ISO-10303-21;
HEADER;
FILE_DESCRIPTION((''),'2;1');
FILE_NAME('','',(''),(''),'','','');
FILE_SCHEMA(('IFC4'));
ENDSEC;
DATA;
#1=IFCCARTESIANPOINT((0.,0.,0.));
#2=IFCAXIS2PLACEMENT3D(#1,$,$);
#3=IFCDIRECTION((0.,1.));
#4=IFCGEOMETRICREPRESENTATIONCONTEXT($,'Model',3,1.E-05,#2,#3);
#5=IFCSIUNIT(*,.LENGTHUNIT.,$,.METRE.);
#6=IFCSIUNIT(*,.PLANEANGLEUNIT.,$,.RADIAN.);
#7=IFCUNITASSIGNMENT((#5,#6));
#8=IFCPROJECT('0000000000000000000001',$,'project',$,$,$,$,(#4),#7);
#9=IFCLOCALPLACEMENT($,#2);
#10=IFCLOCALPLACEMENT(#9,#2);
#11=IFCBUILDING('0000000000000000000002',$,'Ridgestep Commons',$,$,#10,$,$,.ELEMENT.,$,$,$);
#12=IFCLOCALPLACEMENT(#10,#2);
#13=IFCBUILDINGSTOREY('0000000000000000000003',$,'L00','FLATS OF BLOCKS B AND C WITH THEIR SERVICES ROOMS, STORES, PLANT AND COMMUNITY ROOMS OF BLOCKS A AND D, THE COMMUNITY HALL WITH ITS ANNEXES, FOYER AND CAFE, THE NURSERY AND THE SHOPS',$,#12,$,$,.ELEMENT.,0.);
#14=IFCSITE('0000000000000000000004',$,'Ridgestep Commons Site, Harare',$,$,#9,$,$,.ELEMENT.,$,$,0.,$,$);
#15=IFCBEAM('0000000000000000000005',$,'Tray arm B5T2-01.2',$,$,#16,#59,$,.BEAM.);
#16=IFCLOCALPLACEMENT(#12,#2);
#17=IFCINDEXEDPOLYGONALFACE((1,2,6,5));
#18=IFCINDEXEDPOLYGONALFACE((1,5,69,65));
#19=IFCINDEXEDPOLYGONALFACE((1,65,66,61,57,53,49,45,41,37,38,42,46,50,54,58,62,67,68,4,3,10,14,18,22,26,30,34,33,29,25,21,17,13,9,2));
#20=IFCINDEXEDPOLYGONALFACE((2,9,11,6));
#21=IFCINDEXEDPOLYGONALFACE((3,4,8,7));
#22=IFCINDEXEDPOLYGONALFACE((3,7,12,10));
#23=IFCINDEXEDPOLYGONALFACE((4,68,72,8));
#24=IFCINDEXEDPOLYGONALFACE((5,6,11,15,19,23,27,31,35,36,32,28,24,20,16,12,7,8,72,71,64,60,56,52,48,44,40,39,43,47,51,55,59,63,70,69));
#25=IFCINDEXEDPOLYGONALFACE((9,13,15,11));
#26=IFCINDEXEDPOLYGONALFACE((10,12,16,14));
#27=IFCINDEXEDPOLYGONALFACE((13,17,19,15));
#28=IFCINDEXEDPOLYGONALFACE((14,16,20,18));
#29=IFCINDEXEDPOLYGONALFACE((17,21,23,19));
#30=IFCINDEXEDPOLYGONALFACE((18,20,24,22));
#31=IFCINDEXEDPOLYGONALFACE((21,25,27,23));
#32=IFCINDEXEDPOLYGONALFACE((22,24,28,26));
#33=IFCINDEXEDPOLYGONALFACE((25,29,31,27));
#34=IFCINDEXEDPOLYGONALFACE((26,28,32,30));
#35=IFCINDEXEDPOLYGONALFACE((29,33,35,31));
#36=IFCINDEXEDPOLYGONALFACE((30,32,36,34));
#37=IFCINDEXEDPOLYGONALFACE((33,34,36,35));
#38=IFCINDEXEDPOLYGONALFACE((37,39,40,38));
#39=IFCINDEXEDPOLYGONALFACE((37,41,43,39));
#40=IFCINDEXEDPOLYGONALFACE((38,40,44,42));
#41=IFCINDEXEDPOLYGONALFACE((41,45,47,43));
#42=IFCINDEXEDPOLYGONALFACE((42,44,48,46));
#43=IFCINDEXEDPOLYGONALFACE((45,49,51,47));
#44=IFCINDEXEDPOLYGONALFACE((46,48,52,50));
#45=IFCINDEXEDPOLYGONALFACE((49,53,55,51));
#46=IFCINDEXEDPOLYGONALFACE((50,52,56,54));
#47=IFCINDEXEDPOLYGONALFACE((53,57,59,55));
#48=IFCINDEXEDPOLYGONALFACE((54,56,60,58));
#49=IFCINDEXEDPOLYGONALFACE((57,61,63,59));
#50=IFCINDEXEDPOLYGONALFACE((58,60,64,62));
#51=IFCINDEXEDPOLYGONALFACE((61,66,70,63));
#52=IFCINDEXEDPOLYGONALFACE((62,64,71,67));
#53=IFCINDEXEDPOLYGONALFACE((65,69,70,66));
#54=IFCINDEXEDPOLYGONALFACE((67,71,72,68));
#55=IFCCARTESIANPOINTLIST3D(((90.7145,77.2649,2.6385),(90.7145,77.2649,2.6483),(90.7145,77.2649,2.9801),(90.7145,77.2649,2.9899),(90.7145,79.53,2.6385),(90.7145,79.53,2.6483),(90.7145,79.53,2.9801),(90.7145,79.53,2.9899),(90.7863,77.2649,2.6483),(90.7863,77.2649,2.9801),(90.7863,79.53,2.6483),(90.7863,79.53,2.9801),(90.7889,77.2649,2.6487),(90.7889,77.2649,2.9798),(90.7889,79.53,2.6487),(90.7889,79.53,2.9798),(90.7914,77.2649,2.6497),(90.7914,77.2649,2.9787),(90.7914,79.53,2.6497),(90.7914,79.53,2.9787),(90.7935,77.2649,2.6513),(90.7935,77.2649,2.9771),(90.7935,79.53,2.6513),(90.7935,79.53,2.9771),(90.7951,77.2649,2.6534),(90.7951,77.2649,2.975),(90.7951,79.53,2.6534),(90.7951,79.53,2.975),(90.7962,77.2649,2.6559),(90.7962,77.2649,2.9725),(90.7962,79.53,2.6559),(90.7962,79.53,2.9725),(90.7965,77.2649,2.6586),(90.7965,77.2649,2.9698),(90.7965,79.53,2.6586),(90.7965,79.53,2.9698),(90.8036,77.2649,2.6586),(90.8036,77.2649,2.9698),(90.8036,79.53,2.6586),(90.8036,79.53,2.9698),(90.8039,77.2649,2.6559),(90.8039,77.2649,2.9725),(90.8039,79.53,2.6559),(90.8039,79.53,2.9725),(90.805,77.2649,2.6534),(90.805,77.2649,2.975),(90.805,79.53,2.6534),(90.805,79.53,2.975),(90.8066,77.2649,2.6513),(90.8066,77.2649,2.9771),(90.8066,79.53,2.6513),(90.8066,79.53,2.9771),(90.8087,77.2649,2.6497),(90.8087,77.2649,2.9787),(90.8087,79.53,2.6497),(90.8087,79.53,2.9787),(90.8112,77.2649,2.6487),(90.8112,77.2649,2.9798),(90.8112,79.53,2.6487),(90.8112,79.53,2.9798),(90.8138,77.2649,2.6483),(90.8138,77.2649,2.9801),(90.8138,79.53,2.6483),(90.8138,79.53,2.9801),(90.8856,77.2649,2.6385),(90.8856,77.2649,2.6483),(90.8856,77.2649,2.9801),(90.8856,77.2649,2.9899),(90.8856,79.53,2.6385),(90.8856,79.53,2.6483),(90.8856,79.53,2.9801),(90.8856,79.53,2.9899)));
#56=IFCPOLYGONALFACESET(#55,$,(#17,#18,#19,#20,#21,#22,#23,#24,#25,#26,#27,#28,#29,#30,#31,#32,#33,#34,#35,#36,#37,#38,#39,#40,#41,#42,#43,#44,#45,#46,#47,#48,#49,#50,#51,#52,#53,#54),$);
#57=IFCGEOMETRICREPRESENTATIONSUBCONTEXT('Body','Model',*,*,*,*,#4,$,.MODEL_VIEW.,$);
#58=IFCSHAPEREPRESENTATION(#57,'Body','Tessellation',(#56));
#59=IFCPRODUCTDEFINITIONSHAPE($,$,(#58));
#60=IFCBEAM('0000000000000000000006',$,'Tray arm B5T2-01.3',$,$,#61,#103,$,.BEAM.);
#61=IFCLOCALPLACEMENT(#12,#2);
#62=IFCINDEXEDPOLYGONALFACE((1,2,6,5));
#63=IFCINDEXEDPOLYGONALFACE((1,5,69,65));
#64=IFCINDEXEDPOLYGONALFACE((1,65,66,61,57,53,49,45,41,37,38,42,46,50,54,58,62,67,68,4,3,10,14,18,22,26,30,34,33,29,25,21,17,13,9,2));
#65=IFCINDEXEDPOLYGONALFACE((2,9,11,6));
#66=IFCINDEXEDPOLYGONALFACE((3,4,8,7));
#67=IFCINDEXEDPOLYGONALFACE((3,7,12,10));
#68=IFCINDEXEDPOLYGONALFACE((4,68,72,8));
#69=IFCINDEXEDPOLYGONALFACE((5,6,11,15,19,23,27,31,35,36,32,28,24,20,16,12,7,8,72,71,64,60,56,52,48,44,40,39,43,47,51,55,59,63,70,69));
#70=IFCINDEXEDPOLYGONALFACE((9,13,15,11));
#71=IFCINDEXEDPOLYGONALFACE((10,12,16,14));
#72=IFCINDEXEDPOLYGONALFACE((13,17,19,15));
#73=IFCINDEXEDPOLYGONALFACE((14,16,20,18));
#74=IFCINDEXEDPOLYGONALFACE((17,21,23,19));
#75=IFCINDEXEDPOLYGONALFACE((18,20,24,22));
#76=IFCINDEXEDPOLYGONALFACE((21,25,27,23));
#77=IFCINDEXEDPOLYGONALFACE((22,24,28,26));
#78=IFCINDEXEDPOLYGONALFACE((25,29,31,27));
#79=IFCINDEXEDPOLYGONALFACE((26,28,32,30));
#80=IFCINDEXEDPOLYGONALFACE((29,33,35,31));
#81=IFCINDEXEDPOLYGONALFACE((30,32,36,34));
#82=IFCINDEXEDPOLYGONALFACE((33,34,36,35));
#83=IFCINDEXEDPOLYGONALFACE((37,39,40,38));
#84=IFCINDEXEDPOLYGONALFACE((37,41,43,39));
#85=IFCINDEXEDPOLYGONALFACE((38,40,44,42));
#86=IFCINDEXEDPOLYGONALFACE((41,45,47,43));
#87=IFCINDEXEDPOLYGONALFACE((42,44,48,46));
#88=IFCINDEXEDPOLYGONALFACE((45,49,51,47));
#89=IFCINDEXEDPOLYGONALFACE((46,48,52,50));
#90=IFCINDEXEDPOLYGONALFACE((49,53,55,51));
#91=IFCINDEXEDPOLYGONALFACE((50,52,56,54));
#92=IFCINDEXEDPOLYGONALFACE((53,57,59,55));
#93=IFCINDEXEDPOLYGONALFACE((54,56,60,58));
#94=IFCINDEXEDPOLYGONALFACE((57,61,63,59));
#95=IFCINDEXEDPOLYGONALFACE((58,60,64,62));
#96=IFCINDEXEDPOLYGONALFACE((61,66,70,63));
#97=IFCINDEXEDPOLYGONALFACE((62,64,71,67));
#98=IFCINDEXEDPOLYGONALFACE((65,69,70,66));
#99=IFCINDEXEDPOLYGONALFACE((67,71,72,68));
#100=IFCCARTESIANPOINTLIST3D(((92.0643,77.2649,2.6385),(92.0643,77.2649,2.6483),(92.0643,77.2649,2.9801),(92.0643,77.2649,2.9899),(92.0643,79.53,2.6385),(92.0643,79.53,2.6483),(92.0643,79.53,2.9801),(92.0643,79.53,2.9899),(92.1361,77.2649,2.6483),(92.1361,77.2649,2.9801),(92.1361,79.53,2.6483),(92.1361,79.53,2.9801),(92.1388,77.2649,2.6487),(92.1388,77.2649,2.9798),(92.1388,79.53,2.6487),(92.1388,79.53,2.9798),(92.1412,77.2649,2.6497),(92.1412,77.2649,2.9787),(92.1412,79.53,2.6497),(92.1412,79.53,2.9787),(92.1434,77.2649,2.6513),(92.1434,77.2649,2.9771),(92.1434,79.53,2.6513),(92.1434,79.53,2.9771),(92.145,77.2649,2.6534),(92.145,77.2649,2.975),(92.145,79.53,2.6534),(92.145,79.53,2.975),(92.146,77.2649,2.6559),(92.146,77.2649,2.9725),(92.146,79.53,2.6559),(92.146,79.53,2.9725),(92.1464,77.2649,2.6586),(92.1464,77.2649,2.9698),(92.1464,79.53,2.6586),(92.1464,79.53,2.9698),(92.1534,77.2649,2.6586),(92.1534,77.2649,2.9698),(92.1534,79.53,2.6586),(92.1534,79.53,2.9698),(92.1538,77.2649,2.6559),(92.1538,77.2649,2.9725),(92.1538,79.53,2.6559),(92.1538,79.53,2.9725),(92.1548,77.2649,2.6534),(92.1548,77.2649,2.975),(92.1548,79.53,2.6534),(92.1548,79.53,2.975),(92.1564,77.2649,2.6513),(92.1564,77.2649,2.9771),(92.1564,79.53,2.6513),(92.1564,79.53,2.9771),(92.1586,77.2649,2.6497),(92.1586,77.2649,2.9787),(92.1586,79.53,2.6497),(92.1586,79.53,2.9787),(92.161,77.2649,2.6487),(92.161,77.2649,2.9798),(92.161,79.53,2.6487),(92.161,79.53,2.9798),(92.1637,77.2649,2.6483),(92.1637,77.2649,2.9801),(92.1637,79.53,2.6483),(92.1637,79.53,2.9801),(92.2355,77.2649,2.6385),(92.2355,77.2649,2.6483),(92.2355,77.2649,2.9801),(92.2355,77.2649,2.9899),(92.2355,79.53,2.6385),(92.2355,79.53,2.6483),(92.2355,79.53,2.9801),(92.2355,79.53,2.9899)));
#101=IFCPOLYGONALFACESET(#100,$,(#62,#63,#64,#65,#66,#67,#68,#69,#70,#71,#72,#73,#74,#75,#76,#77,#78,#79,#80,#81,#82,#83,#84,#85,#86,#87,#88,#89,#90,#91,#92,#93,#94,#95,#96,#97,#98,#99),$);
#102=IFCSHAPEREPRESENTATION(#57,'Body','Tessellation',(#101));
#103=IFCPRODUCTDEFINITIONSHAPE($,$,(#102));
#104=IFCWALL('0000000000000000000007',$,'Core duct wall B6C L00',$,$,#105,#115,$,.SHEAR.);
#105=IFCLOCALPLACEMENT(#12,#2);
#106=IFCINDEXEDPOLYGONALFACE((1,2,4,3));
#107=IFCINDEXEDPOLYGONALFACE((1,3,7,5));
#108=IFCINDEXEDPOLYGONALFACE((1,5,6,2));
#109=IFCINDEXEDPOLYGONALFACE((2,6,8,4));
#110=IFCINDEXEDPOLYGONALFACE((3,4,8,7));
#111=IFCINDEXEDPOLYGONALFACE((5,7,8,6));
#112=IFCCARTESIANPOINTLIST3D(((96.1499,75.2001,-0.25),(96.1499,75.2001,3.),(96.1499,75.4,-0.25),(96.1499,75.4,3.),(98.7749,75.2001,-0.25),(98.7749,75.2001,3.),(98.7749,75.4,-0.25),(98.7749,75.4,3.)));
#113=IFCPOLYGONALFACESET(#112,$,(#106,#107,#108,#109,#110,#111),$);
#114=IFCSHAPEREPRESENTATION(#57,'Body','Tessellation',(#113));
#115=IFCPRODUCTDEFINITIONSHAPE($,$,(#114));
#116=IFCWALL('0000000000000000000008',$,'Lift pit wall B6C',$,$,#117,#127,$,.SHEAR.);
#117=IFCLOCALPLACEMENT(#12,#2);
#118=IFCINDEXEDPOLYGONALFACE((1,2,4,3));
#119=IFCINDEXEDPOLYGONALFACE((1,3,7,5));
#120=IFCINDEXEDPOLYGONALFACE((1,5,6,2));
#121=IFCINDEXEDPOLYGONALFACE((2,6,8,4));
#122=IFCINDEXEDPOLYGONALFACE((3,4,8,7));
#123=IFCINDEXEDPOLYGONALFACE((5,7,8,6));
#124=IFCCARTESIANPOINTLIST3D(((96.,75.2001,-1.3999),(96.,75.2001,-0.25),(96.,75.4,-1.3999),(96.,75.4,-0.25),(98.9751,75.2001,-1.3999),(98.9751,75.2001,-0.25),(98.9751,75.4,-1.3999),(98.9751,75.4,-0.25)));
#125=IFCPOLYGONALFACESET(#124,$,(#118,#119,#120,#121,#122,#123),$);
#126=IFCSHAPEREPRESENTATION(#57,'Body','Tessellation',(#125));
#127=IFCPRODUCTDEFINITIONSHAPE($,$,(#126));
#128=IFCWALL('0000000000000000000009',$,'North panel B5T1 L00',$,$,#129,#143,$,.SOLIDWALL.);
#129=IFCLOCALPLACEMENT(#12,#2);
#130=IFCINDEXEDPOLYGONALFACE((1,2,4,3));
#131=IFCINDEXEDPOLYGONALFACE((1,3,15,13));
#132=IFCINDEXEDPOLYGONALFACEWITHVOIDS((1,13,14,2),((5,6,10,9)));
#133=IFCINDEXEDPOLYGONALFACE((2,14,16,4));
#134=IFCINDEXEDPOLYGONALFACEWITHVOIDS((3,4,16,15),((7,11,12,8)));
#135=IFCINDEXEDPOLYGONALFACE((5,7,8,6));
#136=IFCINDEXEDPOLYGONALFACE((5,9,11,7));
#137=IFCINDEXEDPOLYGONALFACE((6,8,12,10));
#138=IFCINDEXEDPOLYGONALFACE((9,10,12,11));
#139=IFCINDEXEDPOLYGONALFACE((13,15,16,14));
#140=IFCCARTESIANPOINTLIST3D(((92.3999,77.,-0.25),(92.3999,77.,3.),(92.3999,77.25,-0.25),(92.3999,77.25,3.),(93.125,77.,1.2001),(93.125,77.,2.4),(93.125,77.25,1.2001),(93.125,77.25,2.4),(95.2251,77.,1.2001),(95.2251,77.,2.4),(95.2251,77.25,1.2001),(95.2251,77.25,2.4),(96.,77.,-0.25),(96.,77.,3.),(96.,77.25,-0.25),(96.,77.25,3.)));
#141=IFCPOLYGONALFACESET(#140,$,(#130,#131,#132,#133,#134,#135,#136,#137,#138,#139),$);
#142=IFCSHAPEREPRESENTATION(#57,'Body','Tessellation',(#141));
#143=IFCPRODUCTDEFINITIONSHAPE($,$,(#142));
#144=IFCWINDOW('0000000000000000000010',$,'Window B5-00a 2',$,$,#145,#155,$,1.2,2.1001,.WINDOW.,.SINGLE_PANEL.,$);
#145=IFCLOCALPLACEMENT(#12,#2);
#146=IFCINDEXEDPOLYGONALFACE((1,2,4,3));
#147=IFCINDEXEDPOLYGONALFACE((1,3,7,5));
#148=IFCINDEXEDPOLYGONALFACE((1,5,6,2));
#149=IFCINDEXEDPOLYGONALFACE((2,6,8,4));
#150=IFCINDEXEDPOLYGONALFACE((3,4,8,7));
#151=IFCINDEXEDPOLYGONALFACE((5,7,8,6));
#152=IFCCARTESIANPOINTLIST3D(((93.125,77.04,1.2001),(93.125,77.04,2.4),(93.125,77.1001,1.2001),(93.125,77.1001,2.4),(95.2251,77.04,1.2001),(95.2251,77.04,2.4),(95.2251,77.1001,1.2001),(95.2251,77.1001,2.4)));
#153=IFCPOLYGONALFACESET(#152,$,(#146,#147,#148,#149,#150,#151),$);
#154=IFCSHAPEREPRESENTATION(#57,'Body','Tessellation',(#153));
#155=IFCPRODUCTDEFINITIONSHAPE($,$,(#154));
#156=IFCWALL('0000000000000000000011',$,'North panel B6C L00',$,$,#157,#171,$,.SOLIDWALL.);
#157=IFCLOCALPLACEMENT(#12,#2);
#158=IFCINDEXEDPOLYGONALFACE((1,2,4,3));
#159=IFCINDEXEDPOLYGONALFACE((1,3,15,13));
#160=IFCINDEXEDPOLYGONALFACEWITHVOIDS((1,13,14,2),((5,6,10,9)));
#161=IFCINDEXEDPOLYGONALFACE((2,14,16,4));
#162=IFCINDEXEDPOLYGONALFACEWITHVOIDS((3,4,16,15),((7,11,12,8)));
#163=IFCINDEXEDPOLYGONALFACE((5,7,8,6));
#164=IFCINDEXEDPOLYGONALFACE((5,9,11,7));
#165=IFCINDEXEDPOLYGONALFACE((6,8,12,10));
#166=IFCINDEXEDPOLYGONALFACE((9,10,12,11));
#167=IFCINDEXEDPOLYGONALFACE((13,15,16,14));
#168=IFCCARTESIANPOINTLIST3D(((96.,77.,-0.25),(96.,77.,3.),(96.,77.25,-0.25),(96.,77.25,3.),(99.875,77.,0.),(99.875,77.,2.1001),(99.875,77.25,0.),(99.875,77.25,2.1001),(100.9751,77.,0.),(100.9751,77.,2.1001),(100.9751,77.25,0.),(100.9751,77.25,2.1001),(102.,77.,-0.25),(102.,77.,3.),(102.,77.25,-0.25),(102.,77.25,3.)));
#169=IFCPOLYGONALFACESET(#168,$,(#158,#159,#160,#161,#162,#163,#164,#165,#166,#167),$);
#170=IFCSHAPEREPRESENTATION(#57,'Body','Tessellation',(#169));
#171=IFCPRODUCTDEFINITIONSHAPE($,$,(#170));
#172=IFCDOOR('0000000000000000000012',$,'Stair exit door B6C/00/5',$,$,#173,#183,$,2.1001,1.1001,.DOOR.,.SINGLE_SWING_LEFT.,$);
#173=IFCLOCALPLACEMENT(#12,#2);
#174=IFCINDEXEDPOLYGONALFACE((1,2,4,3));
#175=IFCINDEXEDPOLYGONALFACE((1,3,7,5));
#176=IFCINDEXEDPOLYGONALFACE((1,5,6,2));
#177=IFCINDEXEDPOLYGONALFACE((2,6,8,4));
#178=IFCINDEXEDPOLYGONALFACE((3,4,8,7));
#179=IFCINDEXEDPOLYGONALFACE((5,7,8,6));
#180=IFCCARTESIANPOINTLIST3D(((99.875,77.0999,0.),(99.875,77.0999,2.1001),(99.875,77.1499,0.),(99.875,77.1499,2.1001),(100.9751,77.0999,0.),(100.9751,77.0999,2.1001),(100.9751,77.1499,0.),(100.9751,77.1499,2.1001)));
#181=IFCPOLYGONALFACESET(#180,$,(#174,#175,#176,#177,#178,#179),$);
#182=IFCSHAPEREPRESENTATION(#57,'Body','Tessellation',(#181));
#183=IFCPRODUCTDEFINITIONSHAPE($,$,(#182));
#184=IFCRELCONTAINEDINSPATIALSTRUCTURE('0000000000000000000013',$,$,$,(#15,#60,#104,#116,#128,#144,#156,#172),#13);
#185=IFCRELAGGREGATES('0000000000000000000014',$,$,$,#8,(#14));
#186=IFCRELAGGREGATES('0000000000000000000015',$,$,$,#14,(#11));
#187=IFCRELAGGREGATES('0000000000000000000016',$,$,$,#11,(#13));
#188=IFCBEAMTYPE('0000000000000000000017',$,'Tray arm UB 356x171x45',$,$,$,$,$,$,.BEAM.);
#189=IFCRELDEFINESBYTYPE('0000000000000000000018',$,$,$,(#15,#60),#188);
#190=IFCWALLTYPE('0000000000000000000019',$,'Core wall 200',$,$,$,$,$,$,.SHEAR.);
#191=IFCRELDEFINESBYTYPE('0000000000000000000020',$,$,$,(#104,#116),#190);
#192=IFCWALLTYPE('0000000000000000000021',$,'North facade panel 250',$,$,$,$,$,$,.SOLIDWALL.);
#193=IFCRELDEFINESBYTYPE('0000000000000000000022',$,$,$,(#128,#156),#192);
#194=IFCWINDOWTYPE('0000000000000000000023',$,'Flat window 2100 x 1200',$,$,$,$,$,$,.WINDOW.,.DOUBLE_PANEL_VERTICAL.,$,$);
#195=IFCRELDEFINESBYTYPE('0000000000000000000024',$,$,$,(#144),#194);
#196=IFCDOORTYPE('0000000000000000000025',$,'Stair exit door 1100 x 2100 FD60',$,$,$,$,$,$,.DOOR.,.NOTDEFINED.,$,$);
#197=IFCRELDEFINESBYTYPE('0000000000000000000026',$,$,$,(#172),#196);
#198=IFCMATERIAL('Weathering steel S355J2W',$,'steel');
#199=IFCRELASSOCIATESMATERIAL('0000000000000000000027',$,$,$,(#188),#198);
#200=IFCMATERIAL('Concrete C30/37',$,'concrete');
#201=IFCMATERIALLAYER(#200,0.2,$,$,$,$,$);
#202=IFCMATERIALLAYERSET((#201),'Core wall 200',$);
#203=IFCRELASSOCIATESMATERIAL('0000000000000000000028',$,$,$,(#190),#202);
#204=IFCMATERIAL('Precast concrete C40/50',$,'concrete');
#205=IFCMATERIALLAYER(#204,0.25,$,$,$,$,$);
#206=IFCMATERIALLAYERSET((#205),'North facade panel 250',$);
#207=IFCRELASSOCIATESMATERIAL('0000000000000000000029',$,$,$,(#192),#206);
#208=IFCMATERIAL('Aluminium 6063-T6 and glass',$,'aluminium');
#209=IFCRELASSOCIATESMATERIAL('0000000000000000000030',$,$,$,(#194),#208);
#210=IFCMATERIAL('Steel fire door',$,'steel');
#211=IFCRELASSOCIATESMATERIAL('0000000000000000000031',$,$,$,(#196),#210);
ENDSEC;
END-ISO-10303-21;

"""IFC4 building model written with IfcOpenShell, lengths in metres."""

from ifc_helpers import new_model, si_unit, direction, frame, frame_2d, origin, origin_2d, place, context, subcontext, project, spatial, rectangle, i_section, extrude, material, layer, layer_set, material_profile, profile_set, type_object, element, fill, save


model = new_model("IFC4")

# Units and contexts
model_context = context("Model", 3, precision=1e-05, world=origin(), true_north=direction((0.0, 1.0)))
body_context = subcontext(model_context, "Body", "Model", "MODEL_VIEW")
ifc_project = project(units=[si_unit("LENGTHUNIT", "METRE"), si_unit("PLANEANGLEUNIT", "RADIAN")], contexts=[model_context])

# Site, building, storey
site_placement = place(None, origin())
site = spatial("IfcSite", under=ifc_project, at=site_placement, Name="Ridgestep Commons Site, Harare", CompositionType="ELEMENT", RefElevation=0.0)
building_placement = place(site_placement, origin())
building = spatial("IfcBuilding", under=site, at=building_placement, Name="Ridgestep Commons", CompositionType="ELEMENT")
storey_placement = place(building_placement, origin())
storey = spatial("IfcBuildingStorey", under=building, at=storey_placement, Name="L00", Description="FLATS OF BLOCKS B AND C WITH THEIR SERVICES ROOMS, STORES, PLANT AND COMMUNITY ROOMS OF BLOCKS A AND D, THE COMMUNITY HALL WITH ITS ANNEXES, FOYER AND CAFE, THE NURSERY AND THE SHOPS", CompositionType="ELEMENT", Elevation=0.0)

# Beams
ifc_material_1 = material(Name="Weathering steel S355J2W", Category="steel")
ifc_material_profile = material_profile(ifc_material_1, i_section(OverallWidth=0.1711, OverallDepth=0.3513, WebThickness=0.0071, FlangeThickness=0.0098, FilletRadius=0.0103, at=origin_2d()), Name="UB 356x171x45")
ifc_profile_set = profile_set([ifc_material_profile], Name="Weathering steel S355J2W")
beam_type = type_object("IfcBeamType", Name="Tray arm UB 356x171x45", PredefinedType="BEAM", material=ifc_profile_set)
for number, where, z_axis, x_axis, name in (
    (1, (90.8, 77.2649, 2.8142), (0.0, 1.0, 0.0), (-1.0, 0.0, 0.0), "Tray arm B5T2-01.2"),
    (2, (92.1499, 77.2649, 2.8142), (0.0, 1.0, 0.0), (-1.0, 0.0, 0.0), "Tray arm B5T2-01.3"),
):
    element("IfcBeam", number, at=place(storey_placement, frame(where, z_axis=z_axis, x_axis=x_axis)), inside=storey, type_object=beam_type, Name=name, PredefinedType="BEAM", context=body_context, shape_type="SweptSolid", body=[
        extrude(i_section(OverallWidth=0.1711, OverallDepth=0.3513, WebThickness=0.0071, FlangeThickness=0.0098, FilletRadius=0.0103, at=origin_2d()), origin(), (0.0, 0.0, 1.0), 2.2651),
    ])

# Walls
ifc_material_2 = material(Name="Concrete C30/37", Category="concrete")
ifc_layer_1 = layer(ifc_material_2, 0.2)
ifc_layer_set_1 = layer_set([ifc_layer_1], Name="Core wall 200")
wall_type_1 = type_object("IfcWallType", Name="Core wall 200", PredefinedType="SHEAR", material=ifc_layer_set_1)
wall_1_placement = place(storey_placement, frame((96.1499, 75.3, -0.25), z_axis=(0.0, 0.0, 1.0), x_axis=(1.0, 0.0, 0.0)))
element("IfcWall", 3, at=wall_1_placement, inside=storey, type_object=wall_type_1, Name="Core duct wall B6C L00", PredefinedType="SHEAR", context=body_context, shape_type="SweptSolid", body=[
    extrude(rectangle(XDim=2.625, YDim=0.2, at=frame_2d((1.3125, 0.0))), origin(), (0.0, 0.0, 1.0), 3.25),
])
wall_2_placement = place(storey_placement, frame((96.0, 75.3, -1.3999), z_axis=(0.0, 0.0, 1.0), x_axis=(1.0, 0.0, 0.0)))
element("IfcWall", 4, at=wall_2_placement, inside=storey, type_object=wall_type_1, Name="Lift pit wall B6C", PredefinedType="SHEAR", context=body_context, shape_type="SweptSolid", body=[
    extrude(rectangle(XDim=2.9751, YDim=0.2, at=frame_2d((1.4875, 0.0))), origin(), (0.0, 0.0, 1.0), 1.1499),
])

# Wall, opening, window
ifc_material_3 = material(Name="Precast concrete C40/50", Category="concrete")
ifc_layer_2 = layer(ifc_material_3, 0.25)
ifc_layer_set_2 = layer_set([ifc_layer_2], Name="North facade panel 250")
wall_type_2 = type_object("IfcWallType", Name="North facade panel 250", PredefinedType="SOLIDWALL", material=ifc_layer_set_2)
wall_3_placement = place(storey_placement, frame((92.3999, 77.125, -0.25), z_axis=(0.0, 0.0, 1.0), x_axis=(1.0, 0.0, 0.0)))
wall_3 = element("IfcWall", 5, at=wall_3_placement, inside=storey, type_object=wall_type_2, Name="North panel B5T1 L00", PredefinedType="SOLIDWALL", context=body_context, shape_type="SweptSolid", body=[
    extrude(rectangle(XDim=3.6001, YDim=0.25, at=frame_2d((1.8, 0.0))), origin(), (0.0, 0.0, 1.0), 3.25),
])
opening_1_placement = place(wall_3_placement, frame((0.7251, 0.0, 1.45)))
opening_1 = element("IfcOpeningElement", 6, at=opening_1_placement, cuts=wall_3, PredefinedType="OPENING", context=body_context, shape_type="SweptSolid", body=[
    extrude(rectangle(XDim=2.1001, YDim=1.2, at=frame_2d((1.05, 0.6001))), frame((0.0, 0.135, 0.0), z_axis=(0.0, -1.0, 0.0), x_axis=(1.0, 0.0, 0.0)), (0.0, 0.0, 1.0), 0.27),
])
ifc_material_4 = material(Name="Aluminium 6063-T6 and glass", Category="aluminium")
window_type = type_object("IfcWindowType", Name="Flat window 2100 x 1200", PartitioningType="DOUBLE_PANEL_VERTICAL", PredefinedType="WINDOW", material=ifc_material_4)
window_placement = place(opening_1_placement, origin())
window = element("IfcWindow", 7, at=window_placement, inside=storey, type_object=window_type, Name="Window B5-00a 2", OverallHeight=1.2, OverallWidth=2.1001, PartitioningType="SINGLE_PANEL", PredefinedType="WINDOW", context=body_context, shape_type="SweptSolid", body=[
    extrude(rectangle(XDim=2.1001, YDim=1.2, at=frame_2d((1.05, 0.6001))), frame((0.0, -0.0249, 0.0), z_axis=(0.0, -1.0, 0.0), x_axis=(1.0, 0.0, 0.0)), (0.0, 0.0, 1.0), 0.0601),
])
fill(opening_1, window)

# Wall, opening, door
wall_4_placement = place(storey_placement, frame((96.0, 77.125, -0.25), z_axis=(0.0, 0.0, 1.0), x_axis=(1.0, 0.0, 0.0)))
wall_4 = element("IfcWall", 8, at=wall_4_placement, inside=storey, type_object=wall_type_2, Name="North panel B6C L00", PredefinedType="SOLIDWALL", context=body_context, shape_type="SweptSolid", body=[
    extrude(rectangle(XDim=6.0, YDim=0.25, at=frame_2d((3.0, 0.0))), origin(), (0.0, 0.0, 1.0), 3.25),
])
opening_2_placement = place(wall_4_placement, frame((3.875, 0.0, 0.25)))
opening_2 = element("IfcOpeningElement", 9, at=opening_2_placement, cuts=wall_4, PredefinedType="OPENING", context=body_context, shape_type="SweptSolid", body=[
    extrude(rectangle(XDim=1.1001, YDim=2.1001, at=frame_2d((0.55, 1.05))), frame((0.0, 0.135, 0.0), z_axis=(0.0, -1.0, 0.0), x_axis=(1.0, 0.0, 0.0)), (0.0, 0.0, 1.0), 0.27),
])
ifc_material_5 = material(Name="Steel fire door", Category="steel")
door_type = type_object("IfcDoorType", Name="Stair exit door 1100 x 2100 FD60", OperationType="NOTDEFINED", PredefinedType="DOOR", material=ifc_material_5)
door_placement = place(opening_2_placement, origin())
door = element("IfcDoor", 10, at=door_placement, inside=storey, type_object=door_type, Name="Stair exit door B6C/00/5", OperationType="SINGLE_SWING_LEFT", OverallHeight=2.1001, OverallWidth=1.1001, PredefinedType="DOOR", context=body_context, shape_type="SweptSolid", body=[
    extrude(rectangle(XDim=1.1001, YDim=2.1001, at=frame_2d((0.55, 1.05))), frame((0.0, 0.0249, 0.0), z_axis=(0.0, -1.0, 0.0), x_axis=(1.0, 0.0, 0.0)), (0.0, 0.0, 1.0), 0.05),
])
fill(opening_2, door)

save(model, "model.ifc")
